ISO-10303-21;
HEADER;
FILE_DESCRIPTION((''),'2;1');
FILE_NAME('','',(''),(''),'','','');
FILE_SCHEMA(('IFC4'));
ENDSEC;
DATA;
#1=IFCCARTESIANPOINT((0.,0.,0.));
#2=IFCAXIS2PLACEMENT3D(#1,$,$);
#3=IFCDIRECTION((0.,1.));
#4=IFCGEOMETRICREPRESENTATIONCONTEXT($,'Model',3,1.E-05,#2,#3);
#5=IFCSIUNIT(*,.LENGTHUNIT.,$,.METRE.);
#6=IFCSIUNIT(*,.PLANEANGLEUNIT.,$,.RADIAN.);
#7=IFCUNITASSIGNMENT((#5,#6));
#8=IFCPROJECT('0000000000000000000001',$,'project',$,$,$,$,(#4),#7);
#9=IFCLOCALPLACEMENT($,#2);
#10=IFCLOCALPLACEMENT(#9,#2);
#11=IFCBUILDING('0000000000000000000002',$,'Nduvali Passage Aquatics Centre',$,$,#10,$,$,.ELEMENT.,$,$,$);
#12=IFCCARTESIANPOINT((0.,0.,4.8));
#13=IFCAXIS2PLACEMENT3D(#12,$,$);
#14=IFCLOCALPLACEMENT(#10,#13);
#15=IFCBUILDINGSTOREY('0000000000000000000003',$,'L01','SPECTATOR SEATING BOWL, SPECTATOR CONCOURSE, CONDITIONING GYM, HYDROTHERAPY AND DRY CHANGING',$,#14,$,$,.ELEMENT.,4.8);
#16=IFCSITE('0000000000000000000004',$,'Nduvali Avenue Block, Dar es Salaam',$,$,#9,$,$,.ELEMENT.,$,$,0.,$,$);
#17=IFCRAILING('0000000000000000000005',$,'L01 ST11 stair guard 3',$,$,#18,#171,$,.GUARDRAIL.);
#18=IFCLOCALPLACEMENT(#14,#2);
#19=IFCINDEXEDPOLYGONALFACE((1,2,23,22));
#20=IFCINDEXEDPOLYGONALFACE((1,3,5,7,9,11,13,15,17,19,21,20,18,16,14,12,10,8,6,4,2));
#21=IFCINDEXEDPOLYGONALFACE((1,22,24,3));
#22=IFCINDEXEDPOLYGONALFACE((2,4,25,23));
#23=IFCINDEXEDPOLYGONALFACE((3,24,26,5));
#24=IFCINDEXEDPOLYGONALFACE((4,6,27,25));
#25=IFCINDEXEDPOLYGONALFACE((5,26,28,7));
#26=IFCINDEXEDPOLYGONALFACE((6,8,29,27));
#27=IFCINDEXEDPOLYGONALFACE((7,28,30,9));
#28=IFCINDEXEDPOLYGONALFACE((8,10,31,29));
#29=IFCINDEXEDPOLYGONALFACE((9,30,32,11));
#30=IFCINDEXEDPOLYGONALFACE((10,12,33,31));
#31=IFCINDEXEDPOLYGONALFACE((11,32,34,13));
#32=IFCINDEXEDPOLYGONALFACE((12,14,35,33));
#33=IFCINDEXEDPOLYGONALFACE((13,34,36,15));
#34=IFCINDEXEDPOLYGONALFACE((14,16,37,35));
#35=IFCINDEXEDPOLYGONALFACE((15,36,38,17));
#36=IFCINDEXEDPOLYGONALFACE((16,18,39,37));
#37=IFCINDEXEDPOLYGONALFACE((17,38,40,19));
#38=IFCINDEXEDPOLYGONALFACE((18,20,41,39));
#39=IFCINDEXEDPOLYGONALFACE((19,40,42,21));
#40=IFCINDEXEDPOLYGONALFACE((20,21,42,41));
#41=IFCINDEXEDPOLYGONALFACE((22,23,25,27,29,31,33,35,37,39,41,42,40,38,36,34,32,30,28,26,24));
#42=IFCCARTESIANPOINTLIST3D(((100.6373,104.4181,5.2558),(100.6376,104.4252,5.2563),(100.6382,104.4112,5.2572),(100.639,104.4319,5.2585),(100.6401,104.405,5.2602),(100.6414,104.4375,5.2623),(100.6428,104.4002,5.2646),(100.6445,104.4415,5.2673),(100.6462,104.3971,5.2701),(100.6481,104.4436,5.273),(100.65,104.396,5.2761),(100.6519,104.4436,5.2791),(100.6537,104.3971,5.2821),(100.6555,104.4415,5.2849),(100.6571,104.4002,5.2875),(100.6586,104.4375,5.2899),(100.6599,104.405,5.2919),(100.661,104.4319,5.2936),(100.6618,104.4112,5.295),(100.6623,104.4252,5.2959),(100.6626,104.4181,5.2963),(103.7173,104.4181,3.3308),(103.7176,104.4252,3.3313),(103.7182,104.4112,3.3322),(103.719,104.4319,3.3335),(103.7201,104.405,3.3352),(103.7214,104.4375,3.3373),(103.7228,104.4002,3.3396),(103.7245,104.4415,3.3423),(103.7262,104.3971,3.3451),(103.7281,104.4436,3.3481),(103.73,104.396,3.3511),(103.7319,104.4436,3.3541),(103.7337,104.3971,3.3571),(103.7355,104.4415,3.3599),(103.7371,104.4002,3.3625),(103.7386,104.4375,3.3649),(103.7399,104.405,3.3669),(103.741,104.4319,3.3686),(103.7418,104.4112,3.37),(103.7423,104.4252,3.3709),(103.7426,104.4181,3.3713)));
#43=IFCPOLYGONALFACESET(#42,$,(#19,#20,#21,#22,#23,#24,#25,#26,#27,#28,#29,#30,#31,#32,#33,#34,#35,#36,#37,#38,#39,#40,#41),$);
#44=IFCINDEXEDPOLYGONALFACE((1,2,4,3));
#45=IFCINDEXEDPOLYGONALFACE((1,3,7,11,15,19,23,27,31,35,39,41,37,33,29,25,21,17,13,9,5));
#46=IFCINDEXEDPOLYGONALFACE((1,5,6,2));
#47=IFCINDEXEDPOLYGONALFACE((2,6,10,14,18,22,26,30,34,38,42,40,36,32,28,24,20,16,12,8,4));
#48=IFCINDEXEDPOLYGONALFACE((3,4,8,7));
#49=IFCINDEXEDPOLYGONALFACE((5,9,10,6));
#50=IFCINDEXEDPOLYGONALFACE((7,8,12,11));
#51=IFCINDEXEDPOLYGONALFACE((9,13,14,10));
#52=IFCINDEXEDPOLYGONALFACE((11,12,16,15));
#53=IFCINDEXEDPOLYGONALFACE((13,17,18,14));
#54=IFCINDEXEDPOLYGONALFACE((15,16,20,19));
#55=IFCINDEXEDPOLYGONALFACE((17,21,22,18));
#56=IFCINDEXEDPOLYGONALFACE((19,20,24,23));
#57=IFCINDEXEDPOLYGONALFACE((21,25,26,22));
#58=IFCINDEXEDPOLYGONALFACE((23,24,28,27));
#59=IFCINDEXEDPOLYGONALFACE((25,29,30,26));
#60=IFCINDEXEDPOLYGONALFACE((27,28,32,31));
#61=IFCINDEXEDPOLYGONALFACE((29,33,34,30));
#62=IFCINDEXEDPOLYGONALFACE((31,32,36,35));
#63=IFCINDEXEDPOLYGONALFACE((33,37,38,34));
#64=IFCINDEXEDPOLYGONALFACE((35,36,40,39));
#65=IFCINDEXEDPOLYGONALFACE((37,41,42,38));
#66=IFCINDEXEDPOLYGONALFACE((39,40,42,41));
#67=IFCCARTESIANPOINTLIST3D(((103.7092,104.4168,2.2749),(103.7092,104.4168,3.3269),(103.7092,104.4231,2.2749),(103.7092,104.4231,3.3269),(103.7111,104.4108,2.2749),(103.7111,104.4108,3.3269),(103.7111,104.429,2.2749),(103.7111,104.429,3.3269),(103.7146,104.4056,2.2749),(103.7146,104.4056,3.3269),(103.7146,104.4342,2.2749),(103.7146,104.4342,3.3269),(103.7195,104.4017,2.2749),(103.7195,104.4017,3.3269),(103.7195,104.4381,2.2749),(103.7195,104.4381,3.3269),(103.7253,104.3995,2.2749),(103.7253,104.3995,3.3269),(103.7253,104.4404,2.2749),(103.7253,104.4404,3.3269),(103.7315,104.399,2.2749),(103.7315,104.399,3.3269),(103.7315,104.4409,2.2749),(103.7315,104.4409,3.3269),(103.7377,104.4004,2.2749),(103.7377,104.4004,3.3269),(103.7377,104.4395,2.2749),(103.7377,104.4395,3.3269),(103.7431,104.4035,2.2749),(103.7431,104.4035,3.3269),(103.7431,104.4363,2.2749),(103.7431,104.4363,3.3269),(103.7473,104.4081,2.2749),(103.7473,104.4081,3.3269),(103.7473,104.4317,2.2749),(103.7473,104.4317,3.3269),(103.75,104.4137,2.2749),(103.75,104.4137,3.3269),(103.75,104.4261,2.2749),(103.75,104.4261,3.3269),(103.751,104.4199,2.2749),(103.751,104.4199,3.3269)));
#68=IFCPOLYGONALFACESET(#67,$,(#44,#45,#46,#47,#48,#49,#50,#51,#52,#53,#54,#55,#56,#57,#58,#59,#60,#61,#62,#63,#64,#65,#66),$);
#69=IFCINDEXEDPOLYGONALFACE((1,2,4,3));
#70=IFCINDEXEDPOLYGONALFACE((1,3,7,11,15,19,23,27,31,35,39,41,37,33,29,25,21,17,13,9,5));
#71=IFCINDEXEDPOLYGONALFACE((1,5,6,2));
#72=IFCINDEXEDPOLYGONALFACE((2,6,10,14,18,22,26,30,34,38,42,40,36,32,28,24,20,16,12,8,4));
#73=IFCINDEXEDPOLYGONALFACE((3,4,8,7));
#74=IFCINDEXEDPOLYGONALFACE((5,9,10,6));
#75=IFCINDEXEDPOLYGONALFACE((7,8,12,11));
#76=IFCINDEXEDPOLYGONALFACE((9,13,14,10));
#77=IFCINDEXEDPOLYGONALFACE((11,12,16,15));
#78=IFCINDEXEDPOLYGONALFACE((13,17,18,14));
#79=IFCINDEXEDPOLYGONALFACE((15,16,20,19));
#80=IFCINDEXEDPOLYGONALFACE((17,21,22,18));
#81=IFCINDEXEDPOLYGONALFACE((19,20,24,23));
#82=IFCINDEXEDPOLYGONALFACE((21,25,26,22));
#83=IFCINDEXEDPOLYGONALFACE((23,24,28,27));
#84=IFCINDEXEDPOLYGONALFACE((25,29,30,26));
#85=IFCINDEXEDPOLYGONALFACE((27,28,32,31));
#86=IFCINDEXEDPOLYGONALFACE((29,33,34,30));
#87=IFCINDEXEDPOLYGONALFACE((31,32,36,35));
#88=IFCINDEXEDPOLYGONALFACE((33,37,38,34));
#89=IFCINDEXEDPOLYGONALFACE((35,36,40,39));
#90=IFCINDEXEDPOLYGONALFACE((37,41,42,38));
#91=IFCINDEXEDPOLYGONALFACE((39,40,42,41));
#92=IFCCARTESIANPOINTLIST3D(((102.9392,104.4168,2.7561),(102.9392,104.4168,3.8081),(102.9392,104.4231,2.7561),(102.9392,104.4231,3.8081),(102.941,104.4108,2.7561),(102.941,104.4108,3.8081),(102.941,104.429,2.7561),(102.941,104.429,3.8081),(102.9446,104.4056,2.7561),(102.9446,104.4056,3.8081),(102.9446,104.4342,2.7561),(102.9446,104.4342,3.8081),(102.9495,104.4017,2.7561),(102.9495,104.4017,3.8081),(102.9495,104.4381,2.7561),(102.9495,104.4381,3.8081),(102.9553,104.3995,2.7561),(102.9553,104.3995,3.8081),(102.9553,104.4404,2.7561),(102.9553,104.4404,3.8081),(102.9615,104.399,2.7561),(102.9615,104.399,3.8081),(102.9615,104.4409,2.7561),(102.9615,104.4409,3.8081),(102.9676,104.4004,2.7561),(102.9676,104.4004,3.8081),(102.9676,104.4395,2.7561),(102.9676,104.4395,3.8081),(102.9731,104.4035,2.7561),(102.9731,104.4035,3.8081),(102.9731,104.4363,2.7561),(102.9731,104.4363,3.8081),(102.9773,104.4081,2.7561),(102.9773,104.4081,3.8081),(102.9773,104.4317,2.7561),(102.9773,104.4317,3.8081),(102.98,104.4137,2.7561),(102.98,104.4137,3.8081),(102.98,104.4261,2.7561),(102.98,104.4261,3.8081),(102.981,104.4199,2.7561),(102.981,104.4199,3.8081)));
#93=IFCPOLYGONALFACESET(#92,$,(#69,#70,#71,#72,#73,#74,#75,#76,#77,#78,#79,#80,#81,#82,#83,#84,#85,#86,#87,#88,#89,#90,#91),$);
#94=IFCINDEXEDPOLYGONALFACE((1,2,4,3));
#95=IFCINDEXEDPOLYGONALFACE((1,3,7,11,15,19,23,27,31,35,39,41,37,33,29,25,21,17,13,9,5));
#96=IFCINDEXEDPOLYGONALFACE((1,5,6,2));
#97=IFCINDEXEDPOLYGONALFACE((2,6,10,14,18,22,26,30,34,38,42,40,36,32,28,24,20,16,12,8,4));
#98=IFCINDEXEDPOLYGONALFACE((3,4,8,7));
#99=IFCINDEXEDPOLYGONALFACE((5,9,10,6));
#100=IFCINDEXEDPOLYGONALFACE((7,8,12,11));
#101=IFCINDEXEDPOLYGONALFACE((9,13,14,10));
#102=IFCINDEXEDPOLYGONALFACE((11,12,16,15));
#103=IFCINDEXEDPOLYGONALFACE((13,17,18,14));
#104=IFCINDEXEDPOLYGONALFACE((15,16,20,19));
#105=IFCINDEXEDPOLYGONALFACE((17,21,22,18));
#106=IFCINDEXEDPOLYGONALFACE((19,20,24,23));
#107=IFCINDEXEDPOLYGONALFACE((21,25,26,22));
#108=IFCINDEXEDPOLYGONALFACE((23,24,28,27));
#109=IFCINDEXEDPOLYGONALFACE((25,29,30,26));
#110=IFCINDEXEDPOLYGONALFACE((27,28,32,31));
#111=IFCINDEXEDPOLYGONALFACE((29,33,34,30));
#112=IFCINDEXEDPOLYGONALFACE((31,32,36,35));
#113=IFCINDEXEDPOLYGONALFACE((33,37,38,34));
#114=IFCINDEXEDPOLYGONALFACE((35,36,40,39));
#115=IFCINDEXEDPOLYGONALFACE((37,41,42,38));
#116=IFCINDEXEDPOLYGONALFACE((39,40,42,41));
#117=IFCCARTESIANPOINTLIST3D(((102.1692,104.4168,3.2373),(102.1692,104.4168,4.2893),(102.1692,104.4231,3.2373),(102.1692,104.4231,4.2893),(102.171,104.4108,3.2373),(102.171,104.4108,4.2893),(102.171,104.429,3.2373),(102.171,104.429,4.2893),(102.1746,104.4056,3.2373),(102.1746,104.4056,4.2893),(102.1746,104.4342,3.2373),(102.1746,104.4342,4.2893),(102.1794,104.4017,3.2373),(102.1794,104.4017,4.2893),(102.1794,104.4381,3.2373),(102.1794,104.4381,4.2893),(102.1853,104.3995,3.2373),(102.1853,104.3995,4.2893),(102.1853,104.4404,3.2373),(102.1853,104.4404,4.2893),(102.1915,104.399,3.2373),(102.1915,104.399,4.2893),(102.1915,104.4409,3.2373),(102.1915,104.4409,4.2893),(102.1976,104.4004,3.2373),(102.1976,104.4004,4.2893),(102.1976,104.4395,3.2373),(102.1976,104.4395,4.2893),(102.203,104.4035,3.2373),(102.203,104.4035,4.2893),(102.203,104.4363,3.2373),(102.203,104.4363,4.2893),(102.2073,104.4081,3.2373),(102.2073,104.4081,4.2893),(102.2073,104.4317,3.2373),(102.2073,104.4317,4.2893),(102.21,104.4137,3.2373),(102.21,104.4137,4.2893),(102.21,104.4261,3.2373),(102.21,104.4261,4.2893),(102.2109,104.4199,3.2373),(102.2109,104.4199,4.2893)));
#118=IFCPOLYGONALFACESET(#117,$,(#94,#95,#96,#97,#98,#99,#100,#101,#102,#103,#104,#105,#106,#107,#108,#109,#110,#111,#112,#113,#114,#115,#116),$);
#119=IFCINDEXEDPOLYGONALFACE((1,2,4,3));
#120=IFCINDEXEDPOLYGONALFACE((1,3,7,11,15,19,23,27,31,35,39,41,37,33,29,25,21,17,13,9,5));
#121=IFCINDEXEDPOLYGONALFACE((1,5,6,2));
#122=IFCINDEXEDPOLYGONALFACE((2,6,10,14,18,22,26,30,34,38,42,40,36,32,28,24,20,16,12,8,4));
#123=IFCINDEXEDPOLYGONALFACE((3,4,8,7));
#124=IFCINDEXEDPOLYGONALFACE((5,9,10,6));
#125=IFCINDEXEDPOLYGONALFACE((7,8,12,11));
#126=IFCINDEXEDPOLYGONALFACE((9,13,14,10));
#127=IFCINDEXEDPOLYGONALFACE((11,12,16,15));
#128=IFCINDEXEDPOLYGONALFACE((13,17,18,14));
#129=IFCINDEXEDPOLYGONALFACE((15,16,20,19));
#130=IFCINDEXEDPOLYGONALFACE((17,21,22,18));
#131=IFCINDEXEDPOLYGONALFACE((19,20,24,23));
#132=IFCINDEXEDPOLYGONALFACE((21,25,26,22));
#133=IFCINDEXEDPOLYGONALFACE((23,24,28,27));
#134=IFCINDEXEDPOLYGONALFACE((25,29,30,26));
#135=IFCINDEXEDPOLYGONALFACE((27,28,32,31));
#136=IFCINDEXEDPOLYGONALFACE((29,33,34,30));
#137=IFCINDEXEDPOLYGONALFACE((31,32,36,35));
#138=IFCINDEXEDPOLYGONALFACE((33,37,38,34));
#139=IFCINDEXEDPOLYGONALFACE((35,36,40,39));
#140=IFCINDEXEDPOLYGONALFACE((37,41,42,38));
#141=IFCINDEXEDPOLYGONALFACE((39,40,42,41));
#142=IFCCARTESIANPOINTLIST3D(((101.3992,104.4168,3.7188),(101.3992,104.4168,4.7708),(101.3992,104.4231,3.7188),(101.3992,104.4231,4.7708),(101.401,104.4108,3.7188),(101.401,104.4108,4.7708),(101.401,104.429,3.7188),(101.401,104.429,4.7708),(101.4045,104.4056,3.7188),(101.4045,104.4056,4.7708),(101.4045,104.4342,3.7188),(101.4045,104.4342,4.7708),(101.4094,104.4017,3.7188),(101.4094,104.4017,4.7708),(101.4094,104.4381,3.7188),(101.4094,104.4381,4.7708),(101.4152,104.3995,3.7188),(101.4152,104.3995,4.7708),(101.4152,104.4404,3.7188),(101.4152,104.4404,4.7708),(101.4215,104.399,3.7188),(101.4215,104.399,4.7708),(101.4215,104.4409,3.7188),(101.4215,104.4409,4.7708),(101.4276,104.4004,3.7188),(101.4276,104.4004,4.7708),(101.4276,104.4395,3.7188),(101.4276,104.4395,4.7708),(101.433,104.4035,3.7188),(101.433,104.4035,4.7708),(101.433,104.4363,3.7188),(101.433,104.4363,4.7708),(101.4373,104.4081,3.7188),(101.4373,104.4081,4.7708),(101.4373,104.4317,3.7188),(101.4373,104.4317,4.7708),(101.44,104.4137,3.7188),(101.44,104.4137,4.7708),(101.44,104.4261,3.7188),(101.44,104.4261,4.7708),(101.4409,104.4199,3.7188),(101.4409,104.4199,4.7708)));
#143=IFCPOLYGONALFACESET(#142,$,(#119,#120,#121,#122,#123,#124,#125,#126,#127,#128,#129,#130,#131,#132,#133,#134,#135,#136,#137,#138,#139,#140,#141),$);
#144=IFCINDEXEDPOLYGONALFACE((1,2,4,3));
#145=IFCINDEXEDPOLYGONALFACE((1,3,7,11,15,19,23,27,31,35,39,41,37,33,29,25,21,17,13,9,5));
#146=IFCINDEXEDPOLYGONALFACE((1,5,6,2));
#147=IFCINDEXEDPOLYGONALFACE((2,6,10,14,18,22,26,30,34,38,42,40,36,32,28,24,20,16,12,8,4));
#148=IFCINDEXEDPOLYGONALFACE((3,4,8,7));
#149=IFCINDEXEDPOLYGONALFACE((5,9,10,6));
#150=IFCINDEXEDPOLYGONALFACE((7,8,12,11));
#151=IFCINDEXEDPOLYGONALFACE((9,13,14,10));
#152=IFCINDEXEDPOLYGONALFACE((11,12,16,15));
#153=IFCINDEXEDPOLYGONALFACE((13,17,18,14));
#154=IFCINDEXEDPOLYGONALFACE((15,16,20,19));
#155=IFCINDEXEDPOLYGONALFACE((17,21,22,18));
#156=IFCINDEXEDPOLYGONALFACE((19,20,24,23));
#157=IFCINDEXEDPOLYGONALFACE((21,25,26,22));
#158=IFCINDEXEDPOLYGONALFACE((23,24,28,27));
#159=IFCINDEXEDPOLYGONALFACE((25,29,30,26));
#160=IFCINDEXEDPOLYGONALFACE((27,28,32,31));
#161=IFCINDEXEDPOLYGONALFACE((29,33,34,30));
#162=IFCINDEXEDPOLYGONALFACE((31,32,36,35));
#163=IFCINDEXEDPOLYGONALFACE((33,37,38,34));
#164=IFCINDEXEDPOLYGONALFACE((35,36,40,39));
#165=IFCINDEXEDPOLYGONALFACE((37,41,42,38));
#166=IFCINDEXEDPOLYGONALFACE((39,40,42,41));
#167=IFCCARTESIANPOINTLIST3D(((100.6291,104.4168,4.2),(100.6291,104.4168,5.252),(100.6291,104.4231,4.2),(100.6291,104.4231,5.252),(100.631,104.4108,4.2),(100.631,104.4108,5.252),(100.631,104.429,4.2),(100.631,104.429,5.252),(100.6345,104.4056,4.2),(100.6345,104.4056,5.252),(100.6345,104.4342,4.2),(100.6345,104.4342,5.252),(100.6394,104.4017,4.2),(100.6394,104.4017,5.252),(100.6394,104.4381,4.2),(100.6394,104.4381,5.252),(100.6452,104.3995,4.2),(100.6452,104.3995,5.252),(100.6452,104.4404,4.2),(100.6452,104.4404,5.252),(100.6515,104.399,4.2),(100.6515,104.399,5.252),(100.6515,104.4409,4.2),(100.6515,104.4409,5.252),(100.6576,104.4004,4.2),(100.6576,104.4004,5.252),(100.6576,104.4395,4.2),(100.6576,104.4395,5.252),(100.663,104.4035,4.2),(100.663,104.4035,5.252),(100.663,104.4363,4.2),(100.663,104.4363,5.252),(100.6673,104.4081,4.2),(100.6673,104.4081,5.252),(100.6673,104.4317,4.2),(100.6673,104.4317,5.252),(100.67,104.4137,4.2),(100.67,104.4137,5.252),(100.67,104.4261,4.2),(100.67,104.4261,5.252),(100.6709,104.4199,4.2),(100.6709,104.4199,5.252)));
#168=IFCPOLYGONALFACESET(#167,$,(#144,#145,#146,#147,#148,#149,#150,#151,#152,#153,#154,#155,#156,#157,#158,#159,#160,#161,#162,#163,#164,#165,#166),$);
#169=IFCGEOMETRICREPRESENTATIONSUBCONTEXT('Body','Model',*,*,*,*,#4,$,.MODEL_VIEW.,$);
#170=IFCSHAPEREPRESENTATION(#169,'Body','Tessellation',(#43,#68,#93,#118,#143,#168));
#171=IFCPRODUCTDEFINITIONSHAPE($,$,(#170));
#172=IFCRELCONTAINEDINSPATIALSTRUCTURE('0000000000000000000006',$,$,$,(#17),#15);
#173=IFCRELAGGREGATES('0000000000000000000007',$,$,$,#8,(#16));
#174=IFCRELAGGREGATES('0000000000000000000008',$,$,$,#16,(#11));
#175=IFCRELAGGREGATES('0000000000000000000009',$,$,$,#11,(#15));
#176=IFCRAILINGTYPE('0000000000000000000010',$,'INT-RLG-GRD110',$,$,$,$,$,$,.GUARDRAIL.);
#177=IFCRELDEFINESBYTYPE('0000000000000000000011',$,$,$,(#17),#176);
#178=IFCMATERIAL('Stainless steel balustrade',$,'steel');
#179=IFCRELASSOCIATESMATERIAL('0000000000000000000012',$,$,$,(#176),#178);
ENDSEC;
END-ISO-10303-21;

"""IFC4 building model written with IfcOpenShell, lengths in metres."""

from ifc_helpers import new_model, si_unit, direction, frame, origin, origin_2d, place, context, subcontext, project, spatial, circle, extrude, material, type_object, element, save


model = new_model("IFC4")

# Units and contexts
model_context = context("Model", 3, precision=1e-05, world=origin(), true_north=direction((0.0, 1.0)))
body_context = subcontext(model_context, "Body", "Model", "MODEL_VIEW")
ifc_project = project(units=[si_unit("LENGTHUNIT", "METRE"), si_unit("PLANEANGLEUNIT", "RADIAN")], contexts=[model_context])

# Site, building, storey
site_placement = place(None, origin())
site = spatial("IfcSite", under=ifc_project, at=site_placement, Name="Nduvali Avenue Block, Dar es Salaam", CompositionType="ELEMENT", RefElevation=0.0)
building_placement = place(site_placement, origin())
building = spatial("IfcBuilding", under=site, at=building_placement, Name="Nduvali Passage Aquatics Centre", CompositionType="ELEMENT")
storey_placement = place(building_placement, frame((0.0, 0.0, 4.8)))
storey = spatial("IfcBuildingStorey", under=building, at=storey_placement, Name="L01", Description="SPECTATOR SEATING BOWL, SPECTATOR CONCOURSE, CONDITIONING GYM, HYDROTHERAPY AND DRY CHANGING", CompositionType="ELEMENT", Elevation=4.8)

# Railing
ifc_material_1 = material(Name="Stainless steel balustrade", Category="steel")
railing_type_1 = type_object("IfcRailingType", Name="INT-RLG-GRD110", PredefinedType="GUARDRAIL", material=ifc_material_1)
railing_1_placement = place(storey_placement, frame((103.73, 104.4199, 2.2749)))
element("IfcRailing", 1, at=railing_1_placement, inside=storey, type_object=railing_type_1, Name="L01 ST11 stair guard 3", PredefinedType="GUARDRAIL", context=body_context, shape_type="SweptSolid", body=[
    extrude(circle(Radius=0.0239, at=origin_2d()), frame((0.0, 0.0, 1.0762), z_axis=(-0.847998, 0.0, 0.529999), x_axis=(0.0, -1.0, 0.0)), (0.0, 0.0, 1.0), 3.6321),
    extrude(circle(Radius=0.021, at=origin_2d()), origin(), (0.0, 0.0, 1.0), 1.052),
    extrude(circle(Radius=0.021, at=origin_2d()), frame((-0.77, 0.0, 0.4812)), (0.0, 0.0, 1.0), 1.052),
    extrude(circle(Radius=0.021, at=origin_2d()), frame((-1.54, 0.0, 0.9624)), (0.0, 0.0, 1.0), 1.052),
    extrude(circle(Radius=0.021, at=origin_2d()), frame((-2.3101, 0.0, 1.4438)), (0.0, 0.0, 1.0), 1.052),
    extrude(circle(Radius=0.021, at=origin_2d()), frame((-3.0801, 0.0, 1.925)), (0.0, 0.0, 1.0), 1.052),
])

save(model, "model.ifc")
